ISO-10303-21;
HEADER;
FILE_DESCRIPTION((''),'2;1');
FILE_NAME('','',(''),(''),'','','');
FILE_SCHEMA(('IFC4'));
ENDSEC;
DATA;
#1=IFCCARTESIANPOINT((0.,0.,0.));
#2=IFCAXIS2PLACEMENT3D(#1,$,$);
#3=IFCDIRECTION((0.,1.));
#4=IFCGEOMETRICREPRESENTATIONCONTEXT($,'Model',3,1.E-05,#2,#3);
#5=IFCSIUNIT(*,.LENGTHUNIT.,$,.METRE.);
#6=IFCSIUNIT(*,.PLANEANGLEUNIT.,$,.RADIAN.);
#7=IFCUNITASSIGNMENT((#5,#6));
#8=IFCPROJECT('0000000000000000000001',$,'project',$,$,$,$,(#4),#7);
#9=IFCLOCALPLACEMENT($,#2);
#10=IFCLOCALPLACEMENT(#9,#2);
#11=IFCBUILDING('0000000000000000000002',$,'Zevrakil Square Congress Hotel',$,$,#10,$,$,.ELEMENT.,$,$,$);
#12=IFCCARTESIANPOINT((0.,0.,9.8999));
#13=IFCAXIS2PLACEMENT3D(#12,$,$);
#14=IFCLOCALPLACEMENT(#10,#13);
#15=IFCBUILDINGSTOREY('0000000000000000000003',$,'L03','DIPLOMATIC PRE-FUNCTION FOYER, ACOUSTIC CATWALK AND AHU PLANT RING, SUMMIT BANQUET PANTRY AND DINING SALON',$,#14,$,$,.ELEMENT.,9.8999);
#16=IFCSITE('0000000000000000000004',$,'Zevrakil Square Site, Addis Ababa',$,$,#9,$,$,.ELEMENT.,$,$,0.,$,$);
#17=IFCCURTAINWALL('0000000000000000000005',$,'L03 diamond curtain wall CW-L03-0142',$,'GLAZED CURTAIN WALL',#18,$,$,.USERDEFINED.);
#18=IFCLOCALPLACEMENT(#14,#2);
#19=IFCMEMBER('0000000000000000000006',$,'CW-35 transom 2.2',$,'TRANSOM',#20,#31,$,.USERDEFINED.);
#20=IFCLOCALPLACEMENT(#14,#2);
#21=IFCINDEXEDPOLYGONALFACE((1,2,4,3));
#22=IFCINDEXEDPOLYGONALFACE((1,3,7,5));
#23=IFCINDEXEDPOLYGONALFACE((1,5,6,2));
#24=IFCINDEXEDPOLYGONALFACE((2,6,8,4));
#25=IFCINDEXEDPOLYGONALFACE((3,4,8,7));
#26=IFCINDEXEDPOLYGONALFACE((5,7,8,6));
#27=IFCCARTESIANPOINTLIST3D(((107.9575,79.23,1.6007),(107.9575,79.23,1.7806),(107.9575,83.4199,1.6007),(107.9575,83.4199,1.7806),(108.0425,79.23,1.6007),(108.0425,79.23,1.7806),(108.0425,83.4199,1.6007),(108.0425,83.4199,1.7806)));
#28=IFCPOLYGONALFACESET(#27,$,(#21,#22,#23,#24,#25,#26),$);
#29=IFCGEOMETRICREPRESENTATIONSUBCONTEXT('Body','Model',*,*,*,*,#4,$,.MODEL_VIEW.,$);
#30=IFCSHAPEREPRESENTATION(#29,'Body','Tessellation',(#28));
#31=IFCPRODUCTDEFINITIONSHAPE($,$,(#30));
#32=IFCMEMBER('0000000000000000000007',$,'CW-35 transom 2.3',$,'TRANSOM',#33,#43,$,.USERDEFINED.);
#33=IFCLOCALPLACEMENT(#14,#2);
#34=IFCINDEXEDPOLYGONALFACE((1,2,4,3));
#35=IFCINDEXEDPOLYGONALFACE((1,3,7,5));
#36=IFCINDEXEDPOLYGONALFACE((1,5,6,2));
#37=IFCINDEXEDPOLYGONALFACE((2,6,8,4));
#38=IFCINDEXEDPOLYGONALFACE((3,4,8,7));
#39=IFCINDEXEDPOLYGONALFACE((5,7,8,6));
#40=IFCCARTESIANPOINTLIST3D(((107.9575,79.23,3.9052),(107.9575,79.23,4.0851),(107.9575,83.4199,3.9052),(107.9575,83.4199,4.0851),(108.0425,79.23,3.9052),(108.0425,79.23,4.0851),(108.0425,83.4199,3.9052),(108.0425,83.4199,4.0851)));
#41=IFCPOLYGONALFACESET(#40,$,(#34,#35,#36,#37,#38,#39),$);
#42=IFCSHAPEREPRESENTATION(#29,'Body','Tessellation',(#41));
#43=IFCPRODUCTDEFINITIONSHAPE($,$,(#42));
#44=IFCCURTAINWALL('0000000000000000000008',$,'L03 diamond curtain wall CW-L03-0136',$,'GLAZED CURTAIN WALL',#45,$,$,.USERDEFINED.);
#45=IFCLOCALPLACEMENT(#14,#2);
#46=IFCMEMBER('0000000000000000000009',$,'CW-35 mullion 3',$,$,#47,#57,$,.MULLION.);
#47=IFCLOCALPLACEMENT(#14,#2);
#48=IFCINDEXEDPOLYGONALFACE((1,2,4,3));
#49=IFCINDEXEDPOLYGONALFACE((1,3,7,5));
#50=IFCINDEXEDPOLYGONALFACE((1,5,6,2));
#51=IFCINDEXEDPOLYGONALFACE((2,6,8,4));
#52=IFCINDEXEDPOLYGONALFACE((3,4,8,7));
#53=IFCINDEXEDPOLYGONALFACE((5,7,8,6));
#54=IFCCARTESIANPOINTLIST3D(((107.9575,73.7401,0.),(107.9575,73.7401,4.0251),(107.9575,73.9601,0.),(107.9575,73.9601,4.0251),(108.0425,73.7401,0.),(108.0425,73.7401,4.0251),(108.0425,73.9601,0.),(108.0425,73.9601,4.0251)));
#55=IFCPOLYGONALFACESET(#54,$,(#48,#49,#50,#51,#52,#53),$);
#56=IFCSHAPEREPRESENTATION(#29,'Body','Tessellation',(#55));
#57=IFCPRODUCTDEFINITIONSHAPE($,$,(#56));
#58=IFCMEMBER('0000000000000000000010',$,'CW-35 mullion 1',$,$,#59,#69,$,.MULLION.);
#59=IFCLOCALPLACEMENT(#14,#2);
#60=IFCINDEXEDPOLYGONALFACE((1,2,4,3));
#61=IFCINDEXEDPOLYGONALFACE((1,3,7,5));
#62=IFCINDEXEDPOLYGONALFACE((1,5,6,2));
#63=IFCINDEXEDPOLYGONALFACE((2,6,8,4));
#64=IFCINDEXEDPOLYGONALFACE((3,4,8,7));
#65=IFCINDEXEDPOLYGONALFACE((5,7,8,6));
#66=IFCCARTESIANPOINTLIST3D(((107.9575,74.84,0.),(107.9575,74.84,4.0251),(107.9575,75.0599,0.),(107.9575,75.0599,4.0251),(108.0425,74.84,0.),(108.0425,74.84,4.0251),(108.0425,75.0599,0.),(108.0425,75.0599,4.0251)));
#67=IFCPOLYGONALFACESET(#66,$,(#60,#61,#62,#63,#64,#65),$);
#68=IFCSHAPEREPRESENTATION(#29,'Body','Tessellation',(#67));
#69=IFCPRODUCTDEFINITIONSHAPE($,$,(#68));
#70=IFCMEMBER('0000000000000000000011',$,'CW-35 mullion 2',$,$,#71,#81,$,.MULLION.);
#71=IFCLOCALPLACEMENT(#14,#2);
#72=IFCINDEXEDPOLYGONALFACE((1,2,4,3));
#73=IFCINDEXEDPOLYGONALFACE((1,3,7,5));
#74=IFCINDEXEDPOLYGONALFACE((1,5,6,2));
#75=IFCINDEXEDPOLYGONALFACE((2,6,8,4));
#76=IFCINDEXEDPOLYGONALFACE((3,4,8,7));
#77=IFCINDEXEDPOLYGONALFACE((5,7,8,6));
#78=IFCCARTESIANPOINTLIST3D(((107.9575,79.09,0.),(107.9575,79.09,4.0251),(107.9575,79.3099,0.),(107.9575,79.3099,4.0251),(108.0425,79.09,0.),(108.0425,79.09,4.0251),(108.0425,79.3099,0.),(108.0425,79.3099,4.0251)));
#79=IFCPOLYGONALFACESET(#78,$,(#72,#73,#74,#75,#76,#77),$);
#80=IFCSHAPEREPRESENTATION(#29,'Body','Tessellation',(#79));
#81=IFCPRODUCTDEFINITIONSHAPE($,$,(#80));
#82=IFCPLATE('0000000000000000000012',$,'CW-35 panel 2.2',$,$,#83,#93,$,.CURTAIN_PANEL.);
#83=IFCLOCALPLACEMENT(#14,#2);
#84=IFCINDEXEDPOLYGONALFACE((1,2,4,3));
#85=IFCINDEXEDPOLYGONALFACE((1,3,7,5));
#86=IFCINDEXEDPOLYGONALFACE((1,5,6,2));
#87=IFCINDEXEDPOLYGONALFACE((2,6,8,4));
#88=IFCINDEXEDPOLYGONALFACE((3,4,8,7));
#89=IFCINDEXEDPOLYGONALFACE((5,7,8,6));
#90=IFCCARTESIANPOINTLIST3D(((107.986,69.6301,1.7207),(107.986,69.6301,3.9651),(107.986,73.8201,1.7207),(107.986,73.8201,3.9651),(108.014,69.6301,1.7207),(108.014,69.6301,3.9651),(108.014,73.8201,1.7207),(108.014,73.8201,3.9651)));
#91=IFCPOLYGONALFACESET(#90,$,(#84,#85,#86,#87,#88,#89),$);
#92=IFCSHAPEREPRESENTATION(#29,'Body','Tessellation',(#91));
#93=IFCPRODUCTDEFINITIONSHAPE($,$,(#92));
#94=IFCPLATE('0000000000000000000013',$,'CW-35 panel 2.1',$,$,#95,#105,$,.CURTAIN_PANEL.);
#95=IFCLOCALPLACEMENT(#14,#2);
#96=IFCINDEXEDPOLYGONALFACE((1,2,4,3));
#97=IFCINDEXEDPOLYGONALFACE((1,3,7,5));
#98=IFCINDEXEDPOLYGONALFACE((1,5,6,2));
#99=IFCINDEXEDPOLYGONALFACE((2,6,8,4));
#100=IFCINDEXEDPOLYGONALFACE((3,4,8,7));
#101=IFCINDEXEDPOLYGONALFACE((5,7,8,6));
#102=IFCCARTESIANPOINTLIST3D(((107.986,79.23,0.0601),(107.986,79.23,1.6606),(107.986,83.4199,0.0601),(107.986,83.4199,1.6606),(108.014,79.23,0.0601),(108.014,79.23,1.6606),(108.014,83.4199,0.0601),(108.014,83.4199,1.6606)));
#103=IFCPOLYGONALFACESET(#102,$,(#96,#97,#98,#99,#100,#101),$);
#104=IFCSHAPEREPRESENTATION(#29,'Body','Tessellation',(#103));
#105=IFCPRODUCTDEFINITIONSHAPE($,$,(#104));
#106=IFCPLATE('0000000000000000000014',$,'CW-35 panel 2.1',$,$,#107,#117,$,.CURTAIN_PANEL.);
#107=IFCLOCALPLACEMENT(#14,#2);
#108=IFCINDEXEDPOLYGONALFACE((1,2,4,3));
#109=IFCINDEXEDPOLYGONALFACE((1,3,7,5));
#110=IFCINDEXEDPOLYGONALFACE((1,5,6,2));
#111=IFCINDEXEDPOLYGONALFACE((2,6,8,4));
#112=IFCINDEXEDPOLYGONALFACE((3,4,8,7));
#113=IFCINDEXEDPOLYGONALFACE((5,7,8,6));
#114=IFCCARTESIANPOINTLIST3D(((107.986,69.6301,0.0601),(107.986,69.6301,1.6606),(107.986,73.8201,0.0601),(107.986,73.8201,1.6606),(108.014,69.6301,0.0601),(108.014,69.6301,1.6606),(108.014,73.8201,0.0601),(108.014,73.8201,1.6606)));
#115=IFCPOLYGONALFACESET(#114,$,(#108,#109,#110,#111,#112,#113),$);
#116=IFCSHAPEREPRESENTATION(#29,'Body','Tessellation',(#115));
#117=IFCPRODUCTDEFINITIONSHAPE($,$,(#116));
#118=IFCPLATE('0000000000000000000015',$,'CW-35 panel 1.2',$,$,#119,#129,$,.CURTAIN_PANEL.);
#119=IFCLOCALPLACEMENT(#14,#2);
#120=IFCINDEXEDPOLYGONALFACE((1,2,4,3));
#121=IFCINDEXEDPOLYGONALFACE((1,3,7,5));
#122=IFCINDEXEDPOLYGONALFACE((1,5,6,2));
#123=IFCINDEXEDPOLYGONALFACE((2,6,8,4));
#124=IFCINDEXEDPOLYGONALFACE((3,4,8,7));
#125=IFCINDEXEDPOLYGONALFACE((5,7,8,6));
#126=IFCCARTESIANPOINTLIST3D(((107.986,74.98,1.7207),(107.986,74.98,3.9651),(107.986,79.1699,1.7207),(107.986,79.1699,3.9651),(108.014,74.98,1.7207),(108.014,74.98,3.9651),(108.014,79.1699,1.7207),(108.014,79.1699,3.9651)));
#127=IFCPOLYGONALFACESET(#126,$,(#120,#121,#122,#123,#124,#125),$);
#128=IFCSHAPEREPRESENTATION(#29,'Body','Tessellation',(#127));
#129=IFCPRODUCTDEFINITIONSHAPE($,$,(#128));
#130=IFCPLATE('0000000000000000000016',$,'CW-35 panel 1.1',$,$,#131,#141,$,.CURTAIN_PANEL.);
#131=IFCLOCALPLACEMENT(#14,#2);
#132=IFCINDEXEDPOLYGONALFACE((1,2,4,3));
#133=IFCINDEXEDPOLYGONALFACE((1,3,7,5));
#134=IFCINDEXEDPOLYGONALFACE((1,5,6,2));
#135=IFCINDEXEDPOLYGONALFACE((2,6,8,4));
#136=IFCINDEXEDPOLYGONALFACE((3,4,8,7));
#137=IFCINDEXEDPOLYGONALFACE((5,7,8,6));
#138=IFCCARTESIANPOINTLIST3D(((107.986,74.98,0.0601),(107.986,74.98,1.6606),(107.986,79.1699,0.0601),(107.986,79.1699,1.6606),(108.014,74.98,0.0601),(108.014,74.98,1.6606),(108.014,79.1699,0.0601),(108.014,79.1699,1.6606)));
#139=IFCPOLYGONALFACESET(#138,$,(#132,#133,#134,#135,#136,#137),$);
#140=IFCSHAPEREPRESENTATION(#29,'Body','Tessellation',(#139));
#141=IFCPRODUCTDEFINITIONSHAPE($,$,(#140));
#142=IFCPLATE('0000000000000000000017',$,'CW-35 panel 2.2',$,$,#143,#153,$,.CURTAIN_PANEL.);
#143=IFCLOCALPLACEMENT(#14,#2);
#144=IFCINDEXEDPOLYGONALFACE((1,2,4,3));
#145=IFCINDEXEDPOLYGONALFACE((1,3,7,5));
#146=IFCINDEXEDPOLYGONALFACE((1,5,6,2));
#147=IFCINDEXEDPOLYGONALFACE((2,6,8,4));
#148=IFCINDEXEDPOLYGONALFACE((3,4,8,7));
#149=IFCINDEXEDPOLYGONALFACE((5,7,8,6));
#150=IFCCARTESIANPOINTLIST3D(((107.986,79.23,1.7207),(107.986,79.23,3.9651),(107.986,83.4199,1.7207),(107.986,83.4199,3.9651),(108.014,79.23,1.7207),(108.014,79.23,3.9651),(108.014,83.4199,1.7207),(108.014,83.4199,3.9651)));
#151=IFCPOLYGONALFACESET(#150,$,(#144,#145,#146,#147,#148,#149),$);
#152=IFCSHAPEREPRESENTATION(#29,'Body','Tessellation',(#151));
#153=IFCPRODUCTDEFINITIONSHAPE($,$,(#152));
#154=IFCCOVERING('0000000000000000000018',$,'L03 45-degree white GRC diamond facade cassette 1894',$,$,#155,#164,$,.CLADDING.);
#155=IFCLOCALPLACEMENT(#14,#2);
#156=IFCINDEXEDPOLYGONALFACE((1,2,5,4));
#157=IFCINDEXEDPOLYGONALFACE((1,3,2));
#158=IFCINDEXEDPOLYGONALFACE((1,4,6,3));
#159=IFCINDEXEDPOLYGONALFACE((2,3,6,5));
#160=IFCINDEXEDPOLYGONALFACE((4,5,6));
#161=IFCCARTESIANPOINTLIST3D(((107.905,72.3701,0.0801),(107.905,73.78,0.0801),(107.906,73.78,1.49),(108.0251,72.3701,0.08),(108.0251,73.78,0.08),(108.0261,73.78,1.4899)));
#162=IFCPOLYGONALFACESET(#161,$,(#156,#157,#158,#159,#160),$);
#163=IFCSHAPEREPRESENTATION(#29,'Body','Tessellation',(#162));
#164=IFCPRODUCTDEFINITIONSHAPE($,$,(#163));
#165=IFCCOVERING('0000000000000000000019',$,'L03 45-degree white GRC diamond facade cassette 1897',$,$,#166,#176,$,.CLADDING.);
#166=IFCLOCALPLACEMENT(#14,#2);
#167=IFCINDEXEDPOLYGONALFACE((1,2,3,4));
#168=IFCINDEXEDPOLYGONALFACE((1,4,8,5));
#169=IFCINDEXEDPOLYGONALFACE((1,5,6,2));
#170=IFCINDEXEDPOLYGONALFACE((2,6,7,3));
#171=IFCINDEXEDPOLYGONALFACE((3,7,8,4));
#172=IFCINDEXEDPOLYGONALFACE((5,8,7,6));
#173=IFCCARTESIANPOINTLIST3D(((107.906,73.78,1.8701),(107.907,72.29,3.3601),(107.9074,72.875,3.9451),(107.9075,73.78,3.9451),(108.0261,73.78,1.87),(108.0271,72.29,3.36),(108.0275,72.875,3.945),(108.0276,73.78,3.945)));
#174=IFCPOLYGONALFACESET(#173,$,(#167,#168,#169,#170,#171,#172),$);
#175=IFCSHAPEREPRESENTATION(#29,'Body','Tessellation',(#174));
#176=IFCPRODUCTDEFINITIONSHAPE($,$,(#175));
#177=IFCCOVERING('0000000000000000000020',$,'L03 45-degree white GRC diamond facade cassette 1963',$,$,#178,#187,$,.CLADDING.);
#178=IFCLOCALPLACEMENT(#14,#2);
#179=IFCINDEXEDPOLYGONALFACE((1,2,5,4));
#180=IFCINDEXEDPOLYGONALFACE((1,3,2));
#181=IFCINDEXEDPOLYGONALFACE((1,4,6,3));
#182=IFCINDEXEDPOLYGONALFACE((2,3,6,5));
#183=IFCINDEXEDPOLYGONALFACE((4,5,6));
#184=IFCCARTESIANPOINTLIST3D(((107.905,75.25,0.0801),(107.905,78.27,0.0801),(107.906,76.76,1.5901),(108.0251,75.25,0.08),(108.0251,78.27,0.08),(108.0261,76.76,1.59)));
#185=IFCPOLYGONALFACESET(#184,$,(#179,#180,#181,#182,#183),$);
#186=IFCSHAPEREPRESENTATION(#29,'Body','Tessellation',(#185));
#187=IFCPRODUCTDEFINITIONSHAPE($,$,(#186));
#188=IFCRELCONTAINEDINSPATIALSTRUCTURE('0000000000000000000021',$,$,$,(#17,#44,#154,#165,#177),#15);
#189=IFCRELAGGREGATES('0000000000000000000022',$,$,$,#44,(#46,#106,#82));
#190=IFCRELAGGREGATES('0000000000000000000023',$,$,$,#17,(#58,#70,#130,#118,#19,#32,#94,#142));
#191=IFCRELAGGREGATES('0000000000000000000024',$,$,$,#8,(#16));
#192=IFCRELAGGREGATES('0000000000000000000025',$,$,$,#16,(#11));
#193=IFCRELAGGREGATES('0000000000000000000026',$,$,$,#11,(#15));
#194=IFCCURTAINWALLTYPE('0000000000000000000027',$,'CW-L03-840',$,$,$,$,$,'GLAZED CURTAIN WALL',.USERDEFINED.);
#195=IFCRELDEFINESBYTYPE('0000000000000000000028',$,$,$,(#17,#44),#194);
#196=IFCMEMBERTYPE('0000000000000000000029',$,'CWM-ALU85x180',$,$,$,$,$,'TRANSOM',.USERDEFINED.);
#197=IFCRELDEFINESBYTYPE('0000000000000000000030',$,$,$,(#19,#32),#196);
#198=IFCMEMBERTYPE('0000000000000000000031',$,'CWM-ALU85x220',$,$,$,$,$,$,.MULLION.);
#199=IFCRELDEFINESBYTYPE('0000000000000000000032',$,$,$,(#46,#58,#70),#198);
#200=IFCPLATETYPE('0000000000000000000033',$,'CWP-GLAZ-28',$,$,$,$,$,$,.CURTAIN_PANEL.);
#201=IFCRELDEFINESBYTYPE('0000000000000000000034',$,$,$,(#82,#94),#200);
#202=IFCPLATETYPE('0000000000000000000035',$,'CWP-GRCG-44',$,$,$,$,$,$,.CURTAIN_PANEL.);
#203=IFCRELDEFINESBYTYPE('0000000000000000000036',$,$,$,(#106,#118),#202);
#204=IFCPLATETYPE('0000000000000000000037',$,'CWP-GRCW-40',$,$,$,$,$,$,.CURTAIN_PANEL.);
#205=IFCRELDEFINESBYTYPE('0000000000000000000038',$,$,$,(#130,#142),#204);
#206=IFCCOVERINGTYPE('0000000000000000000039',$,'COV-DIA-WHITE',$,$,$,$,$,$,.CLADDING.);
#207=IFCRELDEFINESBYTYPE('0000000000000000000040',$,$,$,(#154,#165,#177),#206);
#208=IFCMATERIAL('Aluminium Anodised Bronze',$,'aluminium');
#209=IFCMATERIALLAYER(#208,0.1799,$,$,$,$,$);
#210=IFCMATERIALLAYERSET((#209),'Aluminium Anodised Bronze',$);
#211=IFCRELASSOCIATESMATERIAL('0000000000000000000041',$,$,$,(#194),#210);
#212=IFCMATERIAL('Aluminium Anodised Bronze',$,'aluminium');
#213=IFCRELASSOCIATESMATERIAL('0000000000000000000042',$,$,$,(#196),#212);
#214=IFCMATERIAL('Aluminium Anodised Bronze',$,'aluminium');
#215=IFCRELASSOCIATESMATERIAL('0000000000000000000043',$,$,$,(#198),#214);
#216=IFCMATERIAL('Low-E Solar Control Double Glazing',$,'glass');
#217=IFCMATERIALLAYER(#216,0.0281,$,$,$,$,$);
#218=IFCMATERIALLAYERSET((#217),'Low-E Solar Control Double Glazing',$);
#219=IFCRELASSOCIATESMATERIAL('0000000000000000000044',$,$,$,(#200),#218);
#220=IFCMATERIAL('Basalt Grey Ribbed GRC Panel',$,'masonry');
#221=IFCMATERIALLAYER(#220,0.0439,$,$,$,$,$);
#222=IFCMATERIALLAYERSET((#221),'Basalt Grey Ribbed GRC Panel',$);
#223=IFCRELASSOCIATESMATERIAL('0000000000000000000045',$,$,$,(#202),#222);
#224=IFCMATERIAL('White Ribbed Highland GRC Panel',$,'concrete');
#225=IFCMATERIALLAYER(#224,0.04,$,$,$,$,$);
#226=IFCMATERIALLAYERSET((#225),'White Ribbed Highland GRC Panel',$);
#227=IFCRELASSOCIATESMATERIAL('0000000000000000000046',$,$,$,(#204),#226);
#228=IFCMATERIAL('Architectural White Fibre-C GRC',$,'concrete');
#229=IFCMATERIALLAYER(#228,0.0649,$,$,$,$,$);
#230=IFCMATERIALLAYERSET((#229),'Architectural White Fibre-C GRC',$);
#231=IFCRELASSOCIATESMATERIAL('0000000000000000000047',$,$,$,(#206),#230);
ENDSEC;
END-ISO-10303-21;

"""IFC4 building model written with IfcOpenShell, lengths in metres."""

from ifc_helpers import new_model, si_unit, direction, frame, origin, origin_2d, place, context, subcontext, project, spatial, polyline, rectangle, outline, extrude, material, layer, layer_set, material_profile, profile_set, type_object, element, aggregate, save


model = new_model("IFC4")

# Units and contexts
model_context = context("Model", 3, precision=1e-05, world=origin(), true_north=direction((0.0, 1.0)))
body_context = subcontext(model_context, "Body", "Model", "MODEL_VIEW")
ifc_project = project(units=[si_unit("LENGTHUNIT", "METRE"), si_unit("PLANEANGLEUNIT", "RADIAN")], contexts=[model_context])

# Site, building, storey
site_placement = place(None, origin())
site = spatial("IfcSite", under=ifc_project, at=site_placement, Name="Zevrakil Square Site, Addis Ababa", CompositionType="ELEMENT", RefElevation=0.0)
building_placement = place(site_placement, origin())
building = spatial("IfcBuilding", under=site, at=building_placement, Name="Zevrakil Square Congress Hotel", CompositionType="ELEMENT")
storey_placement = place(building_placement, frame((0.0, 0.0, 9.8999)))
storey = spatial("IfcBuildingStorey", under=building, at=storey_placement, Name="L03", Description="DIPLOMATIC PRE-FUNCTION FOYER, ACOUSTIC CATWALK AND AHU PLANT RING, SUMMIT BANQUET PANTRY AND DINING SALON", CompositionType="ELEMENT", Elevation=9.8999)

# Curtain wall, members
ifc_material_1 = material(Name="Aluminium Anodised Bronze", Category="aluminium")
ifc_layer_1 = layer(ifc_material_1, 0.1799)
ifc_layer_set_1 = layer_set([ifc_layer_1], Name="Aluminium Anodised Bronze")
curtain_wall_type = type_object("IfcCurtainWallType", Name="CW-L03-840", ElementType="GLAZED CURTAIN WALL", PredefinedType="USERDEFINED", material=ifc_layer_set_1)
curtain_wall_1_placement = place(storey_placement, origin())
curtain_wall_1 = element("IfcCurtainWall", 1, at=curtain_wall_1_placement, inside=storey, type_object=curtain_wall_type, Name="L03 diamond curtain wall CW-L03-0142", ObjectType="GLAZED CURTAIN WALL", PredefinedType="USERDEFINED")
ifc_material_2 = material(Name="Aluminium Anodised Bronze", Category="aluminium")
ifc_material_profile_1 = material_profile(ifc_material_2, rectangle(XDim=0.085, YDim=0.1799, at=origin_2d()), Name="ALU 85x180")
ifc_profile_set_1 = profile_set([ifc_material_profile_1], Name="Aluminium Anodised Bronze")
member_type_1 = type_object("IfcMemberType", Name="CWM-ALU85x180", ElementType="TRANSOM", PredefinedType="USERDEFINED", material=ifc_profile_set_1)
member_1_placement = place(storey_placement, frame((108.0, 79.23, 1.6907), z_axis=(0.0, 1.0, 0.0), x_axis=(-1.0, 0.0, 0.0)))
member_1 = element("IfcMember", 2, at=member_1_placement, type_object=member_type_1, Name="CW-35 transom 2.2", ObjectType="TRANSOM", PredefinedType="USERDEFINED", context=body_context, shape_type="SweptSolid", body=[
    extrude(rectangle(XDim=0.085, YDim=0.1799, at=origin_2d()), origin(), (0.0, 0.0, 1.0), 4.1899),
])
member_2_placement = place(storey_placement, frame((108.0, 79.23, 3.9951), z_axis=(0.0, 1.0, 0.0), x_axis=(-1.0, 0.0, 0.0)))
member_2 = element("IfcMember", 3, at=member_2_placement, type_object=member_type_1, Name="CW-35 transom 2.3", ObjectType="TRANSOM", PredefinedType="USERDEFINED", context=body_context, shape_type="SweptSolid", body=[
    extrude(rectangle(XDim=0.085, YDim=0.1799, at=origin_2d()), origin(), (0.0, 0.0, 1.0), 4.1899),
])

# Curtain wall, member
curtain_wall_2_placement = place(storey_placement, origin())
curtain_wall_2 = element("IfcCurtainWall", 4, at=curtain_wall_2_placement, inside=storey, type_object=curtain_wall_type, Name="L03 diamond curtain wall CW-L03-0136", ObjectType="GLAZED CURTAIN WALL", PredefinedType="USERDEFINED")
ifc_material_3 = material(Name="Aluminium Anodised Bronze", Category="aluminium")
ifc_material_profile_2 = material_profile(ifc_material_3, rectangle(XDim=0.085, YDim=0.22, at=origin_2d()), Name="ALU 85x220")
ifc_profile_set_2 = profile_set([ifc_material_profile_2], Name="Aluminium Anodised Bronze")
member_type_2 = type_object("IfcMemberType", Name="CWM-ALU85x220", PredefinedType="MULLION", material=ifc_profile_set_2)
member_3_placement = place(storey_placement, frame((108.0, 73.8501, 0.0), z_axis=(0.0, 0.0, 1.0), x_axis=(-1.0, 0.0, 0.0)))
member_3 = element("IfcMember", 5, at=member_3_placement, type_object=member_type_2, Name="CW-35 mullion 3", PredefinedType="MULLION", context=body_context, shape_type="SweptSolid", body=[
    extrude(rectangle(XDim=0.085, YDim=0.22, at=origin_2d()), origin(), (0.0, 0.0, 1.0), 4.0251),
])

# Members
member_4_placement = place(storey_placement, frame((108.0, 74.95, 0.0), z_axis=(0.0, 0.0, 1.0), x_axis=(-1.0, 0.0, 0.0)))
member_4 = element("IfcMember", 6, at=member_4_placement, type_object=member_type_2, Name="CW-35 mullion 1", PredefinedType="MULLION", context=body_context, shape_type="SweptSolid", body=[
    extrude(rectangle(XDim=0.085, YDim=0.22, at=origin_2d()), origin(), (0.0, 0.0, 1.0), 4.0251),
])
member_5_placement = place(storey_placement, frame((108.0, 79.2, 0.0), z_axis=(0.0, 0.0, 1.0), x_axis=(-1.0, 0.0, 0.0)))
member_5 = element("IfcMember", 7, at=member_5_placement, type_object=member_type_2, Name="CW-35 mullion 2", PredefinedType="MULLION", context=body_context, shape_type="SweptSolid", body=[
    extrude(rectangle(XDim=0.085, YDim=0.22, at=origin_2d()), origin(), (0.0, 0.0, 1.0), 4.0251),
])

# Plates
ifc_material_4 = material(Name="Low-E Solar Control Double Glazing", Category="glass")
ifc_layer_2 = layer(ifc_material_4, 0.0281)
ifc_layer_set_2 = layer_set([ifc_layer_2], Name="Low-E Solar Control Double Glazing")
plate_type_1 = type_object("IfcPlateType", Name="CWP-GLAZ-28", PredefinedType="CURTAIN_PANEL", material=ifc_layer_set_2)
plate_1_placement = place(storey_placement, frame((108.0, 71.7251, 1.7207), z_axis=(0.0, 0.0, 1.0), x_axis=(0.0, 1.0, 0.0)))
plate_1 = element("IfcPlate", 8, at=plate_1_placement, type_object=plate_type_1, Name="CW-35 panel 2.2", PredefinedType="CURTAIN_PANEL", context=body_context, shape_type="SweptSolid", body=[
    extrude(rectangle(XDim=4.1899, YDim=0.0281, at=origin_2d()), origin(), (0.0, 0.0, 1.0), 2.2444),
])
plate_2_placement = place(storey_placement, frame((108.0, 81.325, 0.0601), z_axis=(0.0, 0.0, 1.0), x_axis=(0.0, 1.0, 0.0)))
plate_2 = element("IfcPlate", 9, at=plate_2_placement, type_object=plate_type_1, Name="CW-35 panel 2.1", PredefinedType="CURTAIN_PANEL", context=body_context, shape_type="SweptSolid", body=[
    extrude(rectangle(XDim=4.1899, YDim=0.0281, at=origin_2d()), origin(), (0.0, 0.0, 1.0), 1.6006),
])
ifc_material_5 = material(Name="Basalt Grey Ribbed GRC Panel", Category="masonry")
ifc_layer_3 = layer(ifc_material_5, 0.0439)
ifc_layer_set_3 = layer_set([ifc_layer_3], Name="Basalt Grey Ribbed GRC Panel")
plate_type_2 = type_object("IfcPlateType", Name="CWP-GRCG-44", PredefinedType="CURTAIN_PANEL", material=ifc_layer_set_3)
plate_3_placement = place(storey_placement, frame((108.0, 71.7251, 0.0601), z_axis=(0.0, 0.0, 1.0), x_axis=(0.0, 1.0, 0.0)))
plate_3 = element("IfcPlate", 10, at=plate_3_placement, type_object=plate_type_2, Name="CW-35 panel 2.1", PredefinedType="CURTAIN_PANEL", context=body_context, shape_type="SweptSolid", body=[
    extrude(rectangle(XDim=4.1899, YDim=0.0281, at=origin_2d()), origin(), (0.0, 0.0, 1.0), 1.6006),
])
aggregate(curtain_wall_2, [member_3, plate_3, plate_1])
plate_4_placement = place(storey_placement, frame((108.0, 77.075, 1.7207), z_axis=(0.0, 0.0, 1.0), x_axis=(0.0, 1.0, 0.0)))
plate_4 = element("IfcPlate", 11, at=plate_4_placement, type_object=plate_type_2, Name="CW-35 panel 1.2", PredefinedType="CURTAIN_PANEL", context=body_context, shape_type="SweptSolid", body=[
    extrude(rectangle(XDim=4.1899, YDim=0.0281, at=origin_2d()), origin(), (0.0, 0.0, 1.0), 2.2444),
])
ifc_material_6 = material(Name="White Ribbed Highland GRC Panel", Category="concrete")
ifc_layer_4 = layer(ifc_material_6, 0.04)
ifc_layer_set_4 = layer_set([ifc_layer_4], Name="White Ribbed Highland GRC Panel")
plate_type_3 = type_object("IfcPlateType", Name="CWP-GRCW-40", PredefinedType="CURTAIN_PANEL", material=ifc_layer_set_4)
plate_5_placement = place(storey_placement, frame((108.0, 77.075, 0.0601), z_axis=(0.0, 0.0, 1.0), x_axis=(0.0, 1.0, 0.0)))
plate_5 = element("IfcPlate", 12, at=plate_5_placement, type_object=plate_type_3, Name="CW-35 panel 1.1", PredefinedType="CURTAIN_PANEL", context=body_context, shape_type="SweptSolid", body=[
    extrude(rectangle(XDim=4.1899, YDim=0.0281, at=origin_2d()), origin(), (0.0, 0.0, 1.0), 1.6006),
])
plate_6_placement = place(storey_placement, frame((108.0, 81.325, 1.7207), z_axis=(0.0, 0.0, 1.0), x_axis=(0.0, 1.0, 0.0)))
plate_6 = element("IfcPlate", 13, at=plate_6_placement, type_object=plate_type_3, Name="CW-35 panel 2.2", PredefinedType="CURTAIN_PANEL", context=body_context, shape_type="SweptSolid", body=[
    extrude(rectangle(XDim=4.1899, YDim=0.0281, at=origin_2d()), origin(), (0.0, 0.0, 1.0), 2.2444),
])
aggregate(curtain_wall_1, [member_4, member_5, plate_5, plate_4, member_1, member_2, plate_2, plate_6])

# Coverings
ifc_material_7 = material(Name="Architectural White Fibre-C GRC", Category="concrete")
ifc_layer_5 = layer(ifc_material_7, 0.0649)
ifc_layer_set_5 = layer_set([ifc_layer_5], Name="Architectural White Fibre-C GRC")
covering_type_1 = type_object("IfcCoveringType", Name="COV-DIA-WHITE", PredefinedType="CLADDING", material=ifc_layer_set_5)
covering_1_placement = place(storey_placement, frame((107.905, 72.3701, 0.0801), z_axis=(-1.0, 0.0, 0.000693), x_axis=(0.0, 1.0, 0.0)))
element("IfcCovering", 14, at=covering_1_placement, inside=storey, type_object=covering_type_1, Name="L03 45-degree white GRC diamond facade cassette 1894", PredefinedType="CLADDING", context=body_context, shape_type="SweptSolid", body=[
    extrude(outline(polyline([(0.0, 0.0), (1.4099, 0.0), (1.4099, -1.4099), (0.0, 0.0)])), origin(), (0.0, 0.0, -1.0), 0.1201),
])
covering_2_placement = place(storey_placement, frame((107.907, 72.29, 3.3601), z_axis=(-1.0, 0.000043, 0.000725), x_axis=(-0.000482, 0.707107, -0.707107)))
element("IfcCovering", 15, at=covering_2_placement, inside=storey, type_object=covering_type_1, Name="L03 45-degree white GRC diamond facade cassette 1897", PredefinedType="CLADDING", context=body_context, shape_type="SweptSolid", body=[
    extrude(outline(polyline([(0.0, 0.0), (2.1072, 0.0), (0.64, -1.4672), (0.0, -0.8273), (0.0, 0.0)])), origin(), (0.0, 0.0, -1.0), 0.1201),
])
covering_3_placement = place(storey_placement, frame((107.906, 76.76, 1.5901), z_axis=(-1.0, 0.0, 0.000647), x_axis=(-0.000457, -0.707107, -0.707107)))
element("IfcCovering", 16, at=covering_3_placement, inside=storey, type_object=covering_type_1, Name="L03 45-degree white GRC diamond facade cassette 1963", PredefinedType="CLADDING", context=body_context, shape_type="SweptSolid", body=[
    extrude(outline(polyline([(0.0, 0.0), (2.1355, 0.0), (0.0, -2.1355), (0.0, 0.0)])), origin(), (0.0, 0.0, -1.0), 0.1201),
])

save(model, "model.ifc")
